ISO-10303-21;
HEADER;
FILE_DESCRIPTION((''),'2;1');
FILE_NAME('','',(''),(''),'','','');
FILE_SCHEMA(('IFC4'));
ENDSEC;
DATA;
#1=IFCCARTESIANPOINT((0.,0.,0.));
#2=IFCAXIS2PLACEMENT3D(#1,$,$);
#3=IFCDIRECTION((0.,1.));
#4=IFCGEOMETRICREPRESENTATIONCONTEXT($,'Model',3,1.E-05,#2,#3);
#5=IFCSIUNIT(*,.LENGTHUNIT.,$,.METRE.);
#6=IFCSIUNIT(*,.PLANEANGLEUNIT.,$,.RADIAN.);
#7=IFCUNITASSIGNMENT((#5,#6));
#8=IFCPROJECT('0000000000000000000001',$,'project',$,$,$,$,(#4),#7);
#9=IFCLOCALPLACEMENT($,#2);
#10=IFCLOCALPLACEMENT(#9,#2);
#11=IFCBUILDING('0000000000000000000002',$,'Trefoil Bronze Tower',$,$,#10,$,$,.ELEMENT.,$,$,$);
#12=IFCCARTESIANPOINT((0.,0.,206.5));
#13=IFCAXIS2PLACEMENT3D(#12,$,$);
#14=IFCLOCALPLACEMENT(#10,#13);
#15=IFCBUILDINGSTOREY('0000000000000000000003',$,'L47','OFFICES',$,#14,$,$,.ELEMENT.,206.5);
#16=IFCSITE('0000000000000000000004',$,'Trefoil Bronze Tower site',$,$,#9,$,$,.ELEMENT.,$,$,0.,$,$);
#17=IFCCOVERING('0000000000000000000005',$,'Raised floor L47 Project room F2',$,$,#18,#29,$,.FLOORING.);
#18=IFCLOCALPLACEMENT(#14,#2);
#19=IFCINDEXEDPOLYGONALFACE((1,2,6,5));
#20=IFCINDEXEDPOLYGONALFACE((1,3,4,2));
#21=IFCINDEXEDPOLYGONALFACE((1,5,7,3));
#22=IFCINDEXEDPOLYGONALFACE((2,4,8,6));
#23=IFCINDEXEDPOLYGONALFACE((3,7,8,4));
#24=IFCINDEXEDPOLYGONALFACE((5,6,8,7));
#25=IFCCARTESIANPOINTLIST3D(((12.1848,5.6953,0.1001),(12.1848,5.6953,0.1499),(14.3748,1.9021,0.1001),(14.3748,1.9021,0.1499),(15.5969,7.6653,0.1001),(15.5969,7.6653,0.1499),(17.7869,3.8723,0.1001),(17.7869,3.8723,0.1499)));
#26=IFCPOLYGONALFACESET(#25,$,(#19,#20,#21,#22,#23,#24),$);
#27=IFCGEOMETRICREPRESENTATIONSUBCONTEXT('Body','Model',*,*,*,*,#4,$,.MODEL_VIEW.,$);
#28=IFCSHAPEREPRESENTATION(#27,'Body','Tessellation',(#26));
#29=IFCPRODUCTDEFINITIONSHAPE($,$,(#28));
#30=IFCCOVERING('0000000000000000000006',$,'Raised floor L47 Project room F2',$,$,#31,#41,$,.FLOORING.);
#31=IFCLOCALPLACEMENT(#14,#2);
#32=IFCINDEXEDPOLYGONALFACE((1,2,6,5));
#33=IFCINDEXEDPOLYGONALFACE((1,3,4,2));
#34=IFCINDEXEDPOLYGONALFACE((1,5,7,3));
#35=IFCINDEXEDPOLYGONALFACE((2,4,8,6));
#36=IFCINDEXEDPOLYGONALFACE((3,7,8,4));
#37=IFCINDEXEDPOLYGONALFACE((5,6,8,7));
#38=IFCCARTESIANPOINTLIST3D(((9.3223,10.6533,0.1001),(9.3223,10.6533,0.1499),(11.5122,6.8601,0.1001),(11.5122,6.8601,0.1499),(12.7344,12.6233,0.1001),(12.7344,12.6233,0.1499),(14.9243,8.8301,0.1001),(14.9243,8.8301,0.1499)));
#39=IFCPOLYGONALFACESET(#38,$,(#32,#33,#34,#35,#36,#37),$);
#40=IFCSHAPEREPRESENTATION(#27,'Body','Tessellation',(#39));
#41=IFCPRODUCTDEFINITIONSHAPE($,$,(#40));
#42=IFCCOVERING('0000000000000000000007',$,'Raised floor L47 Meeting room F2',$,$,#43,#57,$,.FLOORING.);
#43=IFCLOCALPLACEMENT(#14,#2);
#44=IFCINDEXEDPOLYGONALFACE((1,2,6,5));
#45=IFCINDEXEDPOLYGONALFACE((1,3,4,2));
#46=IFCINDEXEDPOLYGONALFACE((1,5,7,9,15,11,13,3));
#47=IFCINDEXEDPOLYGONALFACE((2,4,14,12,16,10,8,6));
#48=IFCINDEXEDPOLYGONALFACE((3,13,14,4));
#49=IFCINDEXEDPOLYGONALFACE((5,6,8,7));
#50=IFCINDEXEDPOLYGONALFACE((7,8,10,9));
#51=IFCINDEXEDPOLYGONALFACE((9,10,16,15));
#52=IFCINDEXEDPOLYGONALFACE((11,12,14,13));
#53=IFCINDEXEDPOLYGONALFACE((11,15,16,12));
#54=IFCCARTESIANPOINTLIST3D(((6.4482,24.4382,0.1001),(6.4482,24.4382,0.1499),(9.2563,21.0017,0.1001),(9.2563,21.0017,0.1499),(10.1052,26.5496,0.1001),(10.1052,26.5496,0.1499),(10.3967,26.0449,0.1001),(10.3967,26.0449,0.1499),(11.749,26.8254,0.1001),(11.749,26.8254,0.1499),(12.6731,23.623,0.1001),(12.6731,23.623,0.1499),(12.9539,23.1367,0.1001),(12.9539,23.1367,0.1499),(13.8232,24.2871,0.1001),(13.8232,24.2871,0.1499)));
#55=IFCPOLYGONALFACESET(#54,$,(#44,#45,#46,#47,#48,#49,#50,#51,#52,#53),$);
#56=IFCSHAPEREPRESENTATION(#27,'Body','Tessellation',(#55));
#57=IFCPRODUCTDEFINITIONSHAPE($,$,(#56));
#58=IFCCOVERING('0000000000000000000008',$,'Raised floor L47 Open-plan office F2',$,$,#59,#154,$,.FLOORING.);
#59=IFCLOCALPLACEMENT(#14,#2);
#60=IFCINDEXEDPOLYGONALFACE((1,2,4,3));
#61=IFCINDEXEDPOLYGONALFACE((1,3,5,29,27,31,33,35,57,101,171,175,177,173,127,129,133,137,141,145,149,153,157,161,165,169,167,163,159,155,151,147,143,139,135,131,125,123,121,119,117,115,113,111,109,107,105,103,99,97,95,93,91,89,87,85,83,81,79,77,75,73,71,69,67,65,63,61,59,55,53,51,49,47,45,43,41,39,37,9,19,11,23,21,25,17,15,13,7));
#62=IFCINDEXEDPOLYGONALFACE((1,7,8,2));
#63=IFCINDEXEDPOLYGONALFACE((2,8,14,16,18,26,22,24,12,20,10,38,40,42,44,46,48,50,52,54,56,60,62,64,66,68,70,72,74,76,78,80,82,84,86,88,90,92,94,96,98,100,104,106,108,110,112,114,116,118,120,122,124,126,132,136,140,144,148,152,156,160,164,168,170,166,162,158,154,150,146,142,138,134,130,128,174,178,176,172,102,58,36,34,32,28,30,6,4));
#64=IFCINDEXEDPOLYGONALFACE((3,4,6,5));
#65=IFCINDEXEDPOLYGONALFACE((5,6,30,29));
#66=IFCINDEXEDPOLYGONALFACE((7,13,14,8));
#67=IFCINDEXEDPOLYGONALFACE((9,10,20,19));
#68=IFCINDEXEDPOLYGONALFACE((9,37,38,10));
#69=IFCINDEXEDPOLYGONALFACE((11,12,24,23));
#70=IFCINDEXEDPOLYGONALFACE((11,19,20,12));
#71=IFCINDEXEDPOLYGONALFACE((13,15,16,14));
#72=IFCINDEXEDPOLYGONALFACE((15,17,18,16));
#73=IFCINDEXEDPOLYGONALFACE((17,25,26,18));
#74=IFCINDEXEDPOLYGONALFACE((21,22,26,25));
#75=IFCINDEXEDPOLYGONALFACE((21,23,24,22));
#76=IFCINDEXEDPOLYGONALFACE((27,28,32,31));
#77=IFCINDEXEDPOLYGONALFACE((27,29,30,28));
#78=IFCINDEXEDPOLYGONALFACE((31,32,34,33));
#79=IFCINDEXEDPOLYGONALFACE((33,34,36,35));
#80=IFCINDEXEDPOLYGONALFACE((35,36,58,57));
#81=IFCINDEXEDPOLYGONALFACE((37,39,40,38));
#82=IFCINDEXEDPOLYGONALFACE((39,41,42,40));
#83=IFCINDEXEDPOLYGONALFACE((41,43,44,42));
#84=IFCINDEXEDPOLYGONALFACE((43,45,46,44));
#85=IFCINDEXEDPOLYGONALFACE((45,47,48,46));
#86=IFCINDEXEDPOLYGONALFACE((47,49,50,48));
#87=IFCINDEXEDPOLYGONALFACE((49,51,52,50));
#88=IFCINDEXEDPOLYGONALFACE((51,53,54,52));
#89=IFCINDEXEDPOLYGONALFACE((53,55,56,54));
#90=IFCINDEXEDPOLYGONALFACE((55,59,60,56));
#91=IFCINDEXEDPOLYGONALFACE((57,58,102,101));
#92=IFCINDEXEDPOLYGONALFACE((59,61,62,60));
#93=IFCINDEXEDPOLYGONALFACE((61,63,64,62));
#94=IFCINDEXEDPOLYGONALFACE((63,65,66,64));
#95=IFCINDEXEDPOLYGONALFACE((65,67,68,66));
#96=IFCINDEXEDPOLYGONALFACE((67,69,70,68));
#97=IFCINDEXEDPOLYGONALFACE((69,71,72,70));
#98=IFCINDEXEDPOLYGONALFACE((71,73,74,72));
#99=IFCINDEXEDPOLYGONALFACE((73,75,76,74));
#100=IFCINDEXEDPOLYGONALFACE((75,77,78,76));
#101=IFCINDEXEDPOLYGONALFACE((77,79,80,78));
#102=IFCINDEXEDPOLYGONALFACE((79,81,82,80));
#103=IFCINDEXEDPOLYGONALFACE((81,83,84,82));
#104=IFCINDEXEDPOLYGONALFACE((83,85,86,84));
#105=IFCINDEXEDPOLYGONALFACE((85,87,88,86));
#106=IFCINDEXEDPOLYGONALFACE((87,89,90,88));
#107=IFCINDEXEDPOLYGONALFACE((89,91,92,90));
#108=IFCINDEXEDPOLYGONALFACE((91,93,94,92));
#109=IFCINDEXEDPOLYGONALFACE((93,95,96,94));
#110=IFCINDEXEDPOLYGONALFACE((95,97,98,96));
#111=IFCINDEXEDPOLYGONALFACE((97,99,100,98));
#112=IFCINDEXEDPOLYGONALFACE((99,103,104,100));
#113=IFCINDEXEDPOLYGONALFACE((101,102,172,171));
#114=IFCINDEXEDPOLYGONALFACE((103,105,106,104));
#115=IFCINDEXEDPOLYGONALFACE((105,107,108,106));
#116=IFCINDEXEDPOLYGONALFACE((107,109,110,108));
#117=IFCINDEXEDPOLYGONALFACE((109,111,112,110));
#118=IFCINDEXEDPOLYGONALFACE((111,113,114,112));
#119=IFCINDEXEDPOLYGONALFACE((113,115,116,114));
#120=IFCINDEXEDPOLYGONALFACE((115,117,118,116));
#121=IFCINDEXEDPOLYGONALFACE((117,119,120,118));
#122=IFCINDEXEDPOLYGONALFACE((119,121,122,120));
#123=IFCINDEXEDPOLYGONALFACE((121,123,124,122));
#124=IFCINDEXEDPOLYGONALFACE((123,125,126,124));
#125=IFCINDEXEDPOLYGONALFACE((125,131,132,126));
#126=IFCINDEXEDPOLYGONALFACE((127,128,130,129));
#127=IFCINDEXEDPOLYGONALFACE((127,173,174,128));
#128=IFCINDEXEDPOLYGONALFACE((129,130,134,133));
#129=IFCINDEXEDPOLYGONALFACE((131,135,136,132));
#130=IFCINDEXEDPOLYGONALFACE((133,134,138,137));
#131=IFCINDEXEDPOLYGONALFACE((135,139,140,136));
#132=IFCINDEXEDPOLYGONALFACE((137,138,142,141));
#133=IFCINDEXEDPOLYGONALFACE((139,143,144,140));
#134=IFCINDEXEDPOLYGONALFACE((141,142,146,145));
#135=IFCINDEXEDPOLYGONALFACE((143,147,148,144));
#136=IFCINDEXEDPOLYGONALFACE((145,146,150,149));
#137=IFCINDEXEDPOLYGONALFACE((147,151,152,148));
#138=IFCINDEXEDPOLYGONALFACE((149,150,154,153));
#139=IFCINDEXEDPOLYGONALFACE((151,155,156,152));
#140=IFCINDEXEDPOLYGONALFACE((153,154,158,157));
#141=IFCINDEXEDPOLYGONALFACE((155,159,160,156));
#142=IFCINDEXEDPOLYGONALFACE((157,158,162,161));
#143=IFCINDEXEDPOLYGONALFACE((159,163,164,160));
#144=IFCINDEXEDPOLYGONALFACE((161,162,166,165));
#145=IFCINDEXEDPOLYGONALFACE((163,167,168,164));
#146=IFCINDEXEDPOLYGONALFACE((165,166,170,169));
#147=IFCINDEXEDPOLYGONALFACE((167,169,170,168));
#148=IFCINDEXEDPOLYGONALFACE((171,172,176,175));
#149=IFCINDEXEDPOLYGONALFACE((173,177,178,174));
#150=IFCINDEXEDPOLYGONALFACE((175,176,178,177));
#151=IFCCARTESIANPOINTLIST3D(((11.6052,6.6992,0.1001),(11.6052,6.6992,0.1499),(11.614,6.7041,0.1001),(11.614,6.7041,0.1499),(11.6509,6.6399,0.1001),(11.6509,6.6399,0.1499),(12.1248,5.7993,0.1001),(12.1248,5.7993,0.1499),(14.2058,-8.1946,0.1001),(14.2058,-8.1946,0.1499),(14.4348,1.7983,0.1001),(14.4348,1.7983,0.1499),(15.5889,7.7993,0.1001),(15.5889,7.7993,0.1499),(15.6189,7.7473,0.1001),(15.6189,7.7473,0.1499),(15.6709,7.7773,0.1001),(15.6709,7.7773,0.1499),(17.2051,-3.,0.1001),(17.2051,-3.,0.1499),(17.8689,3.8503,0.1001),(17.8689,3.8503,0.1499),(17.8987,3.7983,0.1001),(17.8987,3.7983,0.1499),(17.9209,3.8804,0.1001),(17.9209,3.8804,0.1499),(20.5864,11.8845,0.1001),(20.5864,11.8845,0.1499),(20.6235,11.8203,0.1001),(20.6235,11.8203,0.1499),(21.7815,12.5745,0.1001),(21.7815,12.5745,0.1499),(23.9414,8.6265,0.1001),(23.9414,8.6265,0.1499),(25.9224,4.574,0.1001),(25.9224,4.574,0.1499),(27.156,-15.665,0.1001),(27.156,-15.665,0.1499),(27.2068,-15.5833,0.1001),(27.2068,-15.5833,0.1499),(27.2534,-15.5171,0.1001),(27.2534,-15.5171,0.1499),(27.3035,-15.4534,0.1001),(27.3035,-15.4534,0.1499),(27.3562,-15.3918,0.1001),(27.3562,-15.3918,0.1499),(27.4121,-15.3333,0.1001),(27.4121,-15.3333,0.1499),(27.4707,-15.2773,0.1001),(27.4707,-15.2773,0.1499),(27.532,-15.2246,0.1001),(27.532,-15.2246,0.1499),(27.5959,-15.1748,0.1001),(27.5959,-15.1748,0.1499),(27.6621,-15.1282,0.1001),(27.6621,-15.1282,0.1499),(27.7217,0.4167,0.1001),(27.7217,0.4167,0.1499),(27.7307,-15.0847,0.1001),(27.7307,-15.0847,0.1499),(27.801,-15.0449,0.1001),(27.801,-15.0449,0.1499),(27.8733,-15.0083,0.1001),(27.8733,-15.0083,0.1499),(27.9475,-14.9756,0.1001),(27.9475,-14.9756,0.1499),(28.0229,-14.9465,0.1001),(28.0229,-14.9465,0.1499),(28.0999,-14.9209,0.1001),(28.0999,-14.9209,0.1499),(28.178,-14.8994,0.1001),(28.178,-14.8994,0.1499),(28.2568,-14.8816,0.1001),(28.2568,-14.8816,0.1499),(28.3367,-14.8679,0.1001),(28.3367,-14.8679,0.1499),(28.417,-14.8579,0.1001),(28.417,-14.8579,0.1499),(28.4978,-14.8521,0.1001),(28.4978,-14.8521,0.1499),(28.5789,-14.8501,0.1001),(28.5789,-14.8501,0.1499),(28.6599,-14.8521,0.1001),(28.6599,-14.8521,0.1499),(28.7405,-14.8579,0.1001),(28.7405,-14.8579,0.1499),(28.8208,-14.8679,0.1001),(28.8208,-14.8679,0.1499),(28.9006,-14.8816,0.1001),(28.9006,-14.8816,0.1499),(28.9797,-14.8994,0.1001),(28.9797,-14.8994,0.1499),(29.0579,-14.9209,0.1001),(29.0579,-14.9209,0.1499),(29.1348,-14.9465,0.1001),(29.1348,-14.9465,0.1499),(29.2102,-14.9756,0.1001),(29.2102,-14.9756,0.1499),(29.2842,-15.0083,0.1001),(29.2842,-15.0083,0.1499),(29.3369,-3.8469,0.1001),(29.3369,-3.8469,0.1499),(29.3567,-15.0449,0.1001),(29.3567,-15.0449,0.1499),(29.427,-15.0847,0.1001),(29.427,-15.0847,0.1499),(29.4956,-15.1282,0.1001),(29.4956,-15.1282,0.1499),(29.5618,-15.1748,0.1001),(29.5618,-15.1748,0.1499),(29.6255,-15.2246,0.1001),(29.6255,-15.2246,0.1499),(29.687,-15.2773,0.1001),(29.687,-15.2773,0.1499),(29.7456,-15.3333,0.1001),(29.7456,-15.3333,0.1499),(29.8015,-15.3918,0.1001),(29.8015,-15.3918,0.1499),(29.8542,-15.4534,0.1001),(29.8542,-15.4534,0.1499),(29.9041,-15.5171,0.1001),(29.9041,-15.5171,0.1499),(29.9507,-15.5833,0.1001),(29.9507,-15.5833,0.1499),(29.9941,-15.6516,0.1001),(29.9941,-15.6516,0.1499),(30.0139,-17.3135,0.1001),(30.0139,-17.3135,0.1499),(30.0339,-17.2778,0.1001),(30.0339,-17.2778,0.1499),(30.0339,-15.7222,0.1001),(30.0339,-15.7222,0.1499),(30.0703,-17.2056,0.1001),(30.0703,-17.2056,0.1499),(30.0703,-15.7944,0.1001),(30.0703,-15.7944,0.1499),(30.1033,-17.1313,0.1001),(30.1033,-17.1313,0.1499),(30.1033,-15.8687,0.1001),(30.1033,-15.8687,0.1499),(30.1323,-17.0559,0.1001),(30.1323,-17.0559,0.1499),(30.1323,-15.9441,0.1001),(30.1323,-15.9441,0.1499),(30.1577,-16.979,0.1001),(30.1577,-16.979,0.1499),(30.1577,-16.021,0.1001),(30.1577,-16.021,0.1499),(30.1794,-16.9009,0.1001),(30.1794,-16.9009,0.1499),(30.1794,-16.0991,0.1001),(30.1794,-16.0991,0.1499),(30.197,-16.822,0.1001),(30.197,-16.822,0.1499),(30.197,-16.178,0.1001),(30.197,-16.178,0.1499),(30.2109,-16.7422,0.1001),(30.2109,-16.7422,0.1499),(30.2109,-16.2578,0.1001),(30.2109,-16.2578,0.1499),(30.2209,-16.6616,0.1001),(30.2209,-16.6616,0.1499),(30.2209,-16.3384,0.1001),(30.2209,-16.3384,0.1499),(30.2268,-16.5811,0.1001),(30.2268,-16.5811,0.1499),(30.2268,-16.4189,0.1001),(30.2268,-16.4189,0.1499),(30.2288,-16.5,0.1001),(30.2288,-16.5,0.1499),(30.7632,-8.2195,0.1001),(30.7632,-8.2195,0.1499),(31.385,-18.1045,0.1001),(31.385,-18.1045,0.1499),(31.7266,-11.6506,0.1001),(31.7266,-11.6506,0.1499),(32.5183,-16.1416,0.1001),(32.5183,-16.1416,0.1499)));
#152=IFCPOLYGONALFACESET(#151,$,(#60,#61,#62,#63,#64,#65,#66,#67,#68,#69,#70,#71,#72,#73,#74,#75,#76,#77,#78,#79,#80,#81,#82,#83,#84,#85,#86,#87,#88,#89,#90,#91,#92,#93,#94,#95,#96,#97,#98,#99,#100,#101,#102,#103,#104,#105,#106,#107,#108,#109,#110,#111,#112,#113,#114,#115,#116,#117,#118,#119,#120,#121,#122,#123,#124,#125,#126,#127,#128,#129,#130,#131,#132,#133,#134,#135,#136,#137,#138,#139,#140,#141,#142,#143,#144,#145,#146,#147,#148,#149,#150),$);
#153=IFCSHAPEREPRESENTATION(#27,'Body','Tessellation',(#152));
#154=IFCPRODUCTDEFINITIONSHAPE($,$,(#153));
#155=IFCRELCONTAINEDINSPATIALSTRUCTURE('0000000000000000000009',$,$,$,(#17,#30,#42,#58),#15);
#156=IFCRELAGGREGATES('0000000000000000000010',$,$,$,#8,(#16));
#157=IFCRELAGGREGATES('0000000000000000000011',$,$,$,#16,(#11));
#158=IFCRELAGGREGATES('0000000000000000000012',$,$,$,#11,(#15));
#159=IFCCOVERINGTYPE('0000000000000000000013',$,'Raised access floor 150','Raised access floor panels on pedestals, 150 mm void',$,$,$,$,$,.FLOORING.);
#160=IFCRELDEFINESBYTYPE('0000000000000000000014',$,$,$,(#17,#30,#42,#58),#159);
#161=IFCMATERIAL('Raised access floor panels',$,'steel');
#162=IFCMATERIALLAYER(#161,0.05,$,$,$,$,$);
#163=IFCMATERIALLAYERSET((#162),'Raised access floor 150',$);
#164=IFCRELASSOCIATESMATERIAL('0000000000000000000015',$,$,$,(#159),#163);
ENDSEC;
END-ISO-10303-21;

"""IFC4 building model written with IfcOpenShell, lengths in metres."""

from ifc_helpers import new_model, si_unit, direction, frame, origin, place, context, subcontext, project, spatial, polyline, outline, extrude, material, layer, layer_set, type_object, element, save


model = new_model("IFC4")

# Units and contexts
model_context = context("Model", 3, precision=1e-05, world=origin(), true_north=direction((0.0, 1.0)))
body_context = subcontext(model_context, "Body", "Model", "MODEL_VIEW")
ifc_project = project(units=[si_unit("LENGTHUNIT", "METRE"), si_unit("PLANEANGLEUNIT", "RADIAN")], contexts=[model_context])

# Site, building, storey
site_placement = place(None, origin())
site = spatial("IfcSite", under=ifc_project, at=site_placement, Name="Trefoil Bronze Tower site", CompositionType="ELEMENT", RefElevation=0.0)
building_placement = place(site_placement, origin())
building = spatial("IfcBuilding", under=site, at=building_placement, Name="Trefoil Bronze Tower", CompositionType="ELEMENT")
storey_placement = place(building_placement, frame((0.0, 0.0, 206.5)))
storey = spatial("IfcBuildingStorey", under=building, at=storey_placement, Name="L47", Description="OFFICES", CompositionType="ELEMENT", Elevation=206.5)

# Coverings
ifc_material_1 = material(Name="Raised access floor panels", Category="steel")
ifc_layer_1 = layer(ifc_material_1, 0.05)
ifc_layer_set_1 = layer_set([ifc_layer_1], Name="Raised access floor 150")
covering_type_1 = type_object("IfcCoveringType", Name="Raised access floor 150", Description="Raised access floor panels on pedestals, 150 mm void", PredefinedType="FLOORING", material=ifc_layer_set_1)
covering_1_placement = place(storey_placement, frame((0.0, 0.0, 0.1001)))
element("IfcCovering", 1, at=covering_1_placement, inside=storey, type_object=covering_type_1, Name="Raised floor L47 Project room F2", PredefinedType="FLOORING", context=body_context, shape_type="SweptSolid", body=[
    extrude(outline(polyline([(12.1848, 5.6953), (15.5969, 7.6653), (17.7869, 3.8723), (14.3748, 1.9021), (12.1848, 5.6953)])), origin(), (0.0, 0.0, 1.0), 0.0498),
])
covering_2_placement = place(storey_placement, frame((0.0, 0.0, 0.1001)))
element("IfcCovering", 2, at=covering_2_placement, inside=storey, type_object=covering_type_1, Name="Raised floor L47 Project room F2", PredefinedType="FLOORING", context=body_context, shape_type="SweptSolid", body=[
    extrude(outline(polyline([(9.3223, 10.6533), (12.7344, 12.6233), (14.9243, 8.8301), (11.5122, 6.8601), (9.3223, 10.6533)])), origin(), (0.0, 0.0, 1.0), 0.0498),
])
covering_3_placement = place(storey_placement, frame((0.0, 0.0, 0.1001)))
element("IfcCovering", 3, at=covering_3_placement, inside=storey, type_object=covering_type_1, Name="Raised floor L47 Meeting room F2", PredefinedType="FLOORING", context=body_context, shape_type="SweptSolid", body=[
    extrude(outline(polyline([(13.8232, 24.2871), (12.6731, 23.623), (12.9539, 23.1367), (9.2563, 21.0017), (6.4482, 24.4382), (10.1052, 26.5496), (10.3967, 26.0449), (11.749, 26.8254), (13.8232, 24.2871)])), origin(), (0.0, 0.0, 1.0), 0.0498),
])
covering_4_placement = place(storey_placement, frame((0.0, 0.0, 0.1001)))
element("IfcCovering", 4, at=covering_4_placement, inside=storey, type_object=covering_type_1, Name="Raised floor L47 Open-plan office F2", PredefinedType="FLOORING", context=body_context, shape_type="SweptSolid", body=[
    extrude(outline(polyline([(14.2058, -8.1946), (17.2051, -3.0), (14.4348, 1.7983), (17.8987, 3.7983), (17.8689, 3.8503), (17.9209, 3.8804), (15.6709, 7.7773), (15.6189, 7.7473), (15.5889, 7.7993), (12.1248, 5.7993), (11.6052, 6.6992), (11.614, 6.7041), (11.6509, 6.6399), (20.6235, 11.8203), (20.5864, 11.8845), (21.7815, 12.5745), (23.9414, 8.6265), (25.9224, 4.574), (27.7217, 0.4167), (29.3369, -3.8469), (30.7632, -8.2195), (31.7266, -11.6506), (32.5183, -16.1416), (31.385, -18.1045), (30.0139, -17.3135), (30.0339, -17.2778), (30.0703, -17.2056), (30.1033, -17.1313), (30.1323, -17.0559), (30.1577, -16.979), (30.1794, -16.9009), (30.197, -16.822), (30.2109, -16.7422), (30.2209, -16.6616), (30.2268, -16.5811), (30.2288, -16.5), (30.2268, -16.4189), (30.2209, -16.3384), (30.2109, -16.2578), (30.197, -16.178), (30.1794, -16.0991), (30.1577, -16.021), (30.1323, -15.9441), (30.1033, -15.8687), (30.0703, -15.7944), (30.0339, -15.7222), (29.9941, -15.6516), (29.9507, -15.5833), (29.9041, -15.5171), (29.8542, -15.4534), (29.8015, -15.3918), (29.7456, -15.3333), (29.687, -15.2773), (29.6255, -15.2246), (29.5618, -15.1748), (29.4956, -15.1282), (29.427, -15.0847), (29.3567, -15.0449), (29.2842, -15.0083), (29.2102, -14.9756), (29.1348, -14.9465), (29.0579, -14.9209), (28.9797, -14.8994), (28.9006, -14.8816), (28.8208, -14.8679), (28.7405, -14.8579), (28.6599, -14.8521), (28.5789, -14.8501), (28.4978, -14.8521), (28.417, -14.8579), (28.3367, -14.8679), (28.2568, -14.8816), (28.178, -14.8994), (28.0999, -14.9209), (28.0229, -14.9465), (27.9475, -14.9756), (27.8733, -15.0083), (27.801, -15.0449), (27.7307, -15.0847), (27.6621, -15.1282), (27.5959, -15.1748), (27.532, -15.2246), (27.4707, -15.2773), (27.4121, -15.3333), (27.3562, -15.3918), (27.3035, -15.4534), (27.2534, -15.5171), (27.2068, -15.5833), (27.156, -15.665), (14.2058, -8.1946)])), origin(), (0.0, 0.0, 1.0), 0.0498),
])

save(model, "model.ifc")
